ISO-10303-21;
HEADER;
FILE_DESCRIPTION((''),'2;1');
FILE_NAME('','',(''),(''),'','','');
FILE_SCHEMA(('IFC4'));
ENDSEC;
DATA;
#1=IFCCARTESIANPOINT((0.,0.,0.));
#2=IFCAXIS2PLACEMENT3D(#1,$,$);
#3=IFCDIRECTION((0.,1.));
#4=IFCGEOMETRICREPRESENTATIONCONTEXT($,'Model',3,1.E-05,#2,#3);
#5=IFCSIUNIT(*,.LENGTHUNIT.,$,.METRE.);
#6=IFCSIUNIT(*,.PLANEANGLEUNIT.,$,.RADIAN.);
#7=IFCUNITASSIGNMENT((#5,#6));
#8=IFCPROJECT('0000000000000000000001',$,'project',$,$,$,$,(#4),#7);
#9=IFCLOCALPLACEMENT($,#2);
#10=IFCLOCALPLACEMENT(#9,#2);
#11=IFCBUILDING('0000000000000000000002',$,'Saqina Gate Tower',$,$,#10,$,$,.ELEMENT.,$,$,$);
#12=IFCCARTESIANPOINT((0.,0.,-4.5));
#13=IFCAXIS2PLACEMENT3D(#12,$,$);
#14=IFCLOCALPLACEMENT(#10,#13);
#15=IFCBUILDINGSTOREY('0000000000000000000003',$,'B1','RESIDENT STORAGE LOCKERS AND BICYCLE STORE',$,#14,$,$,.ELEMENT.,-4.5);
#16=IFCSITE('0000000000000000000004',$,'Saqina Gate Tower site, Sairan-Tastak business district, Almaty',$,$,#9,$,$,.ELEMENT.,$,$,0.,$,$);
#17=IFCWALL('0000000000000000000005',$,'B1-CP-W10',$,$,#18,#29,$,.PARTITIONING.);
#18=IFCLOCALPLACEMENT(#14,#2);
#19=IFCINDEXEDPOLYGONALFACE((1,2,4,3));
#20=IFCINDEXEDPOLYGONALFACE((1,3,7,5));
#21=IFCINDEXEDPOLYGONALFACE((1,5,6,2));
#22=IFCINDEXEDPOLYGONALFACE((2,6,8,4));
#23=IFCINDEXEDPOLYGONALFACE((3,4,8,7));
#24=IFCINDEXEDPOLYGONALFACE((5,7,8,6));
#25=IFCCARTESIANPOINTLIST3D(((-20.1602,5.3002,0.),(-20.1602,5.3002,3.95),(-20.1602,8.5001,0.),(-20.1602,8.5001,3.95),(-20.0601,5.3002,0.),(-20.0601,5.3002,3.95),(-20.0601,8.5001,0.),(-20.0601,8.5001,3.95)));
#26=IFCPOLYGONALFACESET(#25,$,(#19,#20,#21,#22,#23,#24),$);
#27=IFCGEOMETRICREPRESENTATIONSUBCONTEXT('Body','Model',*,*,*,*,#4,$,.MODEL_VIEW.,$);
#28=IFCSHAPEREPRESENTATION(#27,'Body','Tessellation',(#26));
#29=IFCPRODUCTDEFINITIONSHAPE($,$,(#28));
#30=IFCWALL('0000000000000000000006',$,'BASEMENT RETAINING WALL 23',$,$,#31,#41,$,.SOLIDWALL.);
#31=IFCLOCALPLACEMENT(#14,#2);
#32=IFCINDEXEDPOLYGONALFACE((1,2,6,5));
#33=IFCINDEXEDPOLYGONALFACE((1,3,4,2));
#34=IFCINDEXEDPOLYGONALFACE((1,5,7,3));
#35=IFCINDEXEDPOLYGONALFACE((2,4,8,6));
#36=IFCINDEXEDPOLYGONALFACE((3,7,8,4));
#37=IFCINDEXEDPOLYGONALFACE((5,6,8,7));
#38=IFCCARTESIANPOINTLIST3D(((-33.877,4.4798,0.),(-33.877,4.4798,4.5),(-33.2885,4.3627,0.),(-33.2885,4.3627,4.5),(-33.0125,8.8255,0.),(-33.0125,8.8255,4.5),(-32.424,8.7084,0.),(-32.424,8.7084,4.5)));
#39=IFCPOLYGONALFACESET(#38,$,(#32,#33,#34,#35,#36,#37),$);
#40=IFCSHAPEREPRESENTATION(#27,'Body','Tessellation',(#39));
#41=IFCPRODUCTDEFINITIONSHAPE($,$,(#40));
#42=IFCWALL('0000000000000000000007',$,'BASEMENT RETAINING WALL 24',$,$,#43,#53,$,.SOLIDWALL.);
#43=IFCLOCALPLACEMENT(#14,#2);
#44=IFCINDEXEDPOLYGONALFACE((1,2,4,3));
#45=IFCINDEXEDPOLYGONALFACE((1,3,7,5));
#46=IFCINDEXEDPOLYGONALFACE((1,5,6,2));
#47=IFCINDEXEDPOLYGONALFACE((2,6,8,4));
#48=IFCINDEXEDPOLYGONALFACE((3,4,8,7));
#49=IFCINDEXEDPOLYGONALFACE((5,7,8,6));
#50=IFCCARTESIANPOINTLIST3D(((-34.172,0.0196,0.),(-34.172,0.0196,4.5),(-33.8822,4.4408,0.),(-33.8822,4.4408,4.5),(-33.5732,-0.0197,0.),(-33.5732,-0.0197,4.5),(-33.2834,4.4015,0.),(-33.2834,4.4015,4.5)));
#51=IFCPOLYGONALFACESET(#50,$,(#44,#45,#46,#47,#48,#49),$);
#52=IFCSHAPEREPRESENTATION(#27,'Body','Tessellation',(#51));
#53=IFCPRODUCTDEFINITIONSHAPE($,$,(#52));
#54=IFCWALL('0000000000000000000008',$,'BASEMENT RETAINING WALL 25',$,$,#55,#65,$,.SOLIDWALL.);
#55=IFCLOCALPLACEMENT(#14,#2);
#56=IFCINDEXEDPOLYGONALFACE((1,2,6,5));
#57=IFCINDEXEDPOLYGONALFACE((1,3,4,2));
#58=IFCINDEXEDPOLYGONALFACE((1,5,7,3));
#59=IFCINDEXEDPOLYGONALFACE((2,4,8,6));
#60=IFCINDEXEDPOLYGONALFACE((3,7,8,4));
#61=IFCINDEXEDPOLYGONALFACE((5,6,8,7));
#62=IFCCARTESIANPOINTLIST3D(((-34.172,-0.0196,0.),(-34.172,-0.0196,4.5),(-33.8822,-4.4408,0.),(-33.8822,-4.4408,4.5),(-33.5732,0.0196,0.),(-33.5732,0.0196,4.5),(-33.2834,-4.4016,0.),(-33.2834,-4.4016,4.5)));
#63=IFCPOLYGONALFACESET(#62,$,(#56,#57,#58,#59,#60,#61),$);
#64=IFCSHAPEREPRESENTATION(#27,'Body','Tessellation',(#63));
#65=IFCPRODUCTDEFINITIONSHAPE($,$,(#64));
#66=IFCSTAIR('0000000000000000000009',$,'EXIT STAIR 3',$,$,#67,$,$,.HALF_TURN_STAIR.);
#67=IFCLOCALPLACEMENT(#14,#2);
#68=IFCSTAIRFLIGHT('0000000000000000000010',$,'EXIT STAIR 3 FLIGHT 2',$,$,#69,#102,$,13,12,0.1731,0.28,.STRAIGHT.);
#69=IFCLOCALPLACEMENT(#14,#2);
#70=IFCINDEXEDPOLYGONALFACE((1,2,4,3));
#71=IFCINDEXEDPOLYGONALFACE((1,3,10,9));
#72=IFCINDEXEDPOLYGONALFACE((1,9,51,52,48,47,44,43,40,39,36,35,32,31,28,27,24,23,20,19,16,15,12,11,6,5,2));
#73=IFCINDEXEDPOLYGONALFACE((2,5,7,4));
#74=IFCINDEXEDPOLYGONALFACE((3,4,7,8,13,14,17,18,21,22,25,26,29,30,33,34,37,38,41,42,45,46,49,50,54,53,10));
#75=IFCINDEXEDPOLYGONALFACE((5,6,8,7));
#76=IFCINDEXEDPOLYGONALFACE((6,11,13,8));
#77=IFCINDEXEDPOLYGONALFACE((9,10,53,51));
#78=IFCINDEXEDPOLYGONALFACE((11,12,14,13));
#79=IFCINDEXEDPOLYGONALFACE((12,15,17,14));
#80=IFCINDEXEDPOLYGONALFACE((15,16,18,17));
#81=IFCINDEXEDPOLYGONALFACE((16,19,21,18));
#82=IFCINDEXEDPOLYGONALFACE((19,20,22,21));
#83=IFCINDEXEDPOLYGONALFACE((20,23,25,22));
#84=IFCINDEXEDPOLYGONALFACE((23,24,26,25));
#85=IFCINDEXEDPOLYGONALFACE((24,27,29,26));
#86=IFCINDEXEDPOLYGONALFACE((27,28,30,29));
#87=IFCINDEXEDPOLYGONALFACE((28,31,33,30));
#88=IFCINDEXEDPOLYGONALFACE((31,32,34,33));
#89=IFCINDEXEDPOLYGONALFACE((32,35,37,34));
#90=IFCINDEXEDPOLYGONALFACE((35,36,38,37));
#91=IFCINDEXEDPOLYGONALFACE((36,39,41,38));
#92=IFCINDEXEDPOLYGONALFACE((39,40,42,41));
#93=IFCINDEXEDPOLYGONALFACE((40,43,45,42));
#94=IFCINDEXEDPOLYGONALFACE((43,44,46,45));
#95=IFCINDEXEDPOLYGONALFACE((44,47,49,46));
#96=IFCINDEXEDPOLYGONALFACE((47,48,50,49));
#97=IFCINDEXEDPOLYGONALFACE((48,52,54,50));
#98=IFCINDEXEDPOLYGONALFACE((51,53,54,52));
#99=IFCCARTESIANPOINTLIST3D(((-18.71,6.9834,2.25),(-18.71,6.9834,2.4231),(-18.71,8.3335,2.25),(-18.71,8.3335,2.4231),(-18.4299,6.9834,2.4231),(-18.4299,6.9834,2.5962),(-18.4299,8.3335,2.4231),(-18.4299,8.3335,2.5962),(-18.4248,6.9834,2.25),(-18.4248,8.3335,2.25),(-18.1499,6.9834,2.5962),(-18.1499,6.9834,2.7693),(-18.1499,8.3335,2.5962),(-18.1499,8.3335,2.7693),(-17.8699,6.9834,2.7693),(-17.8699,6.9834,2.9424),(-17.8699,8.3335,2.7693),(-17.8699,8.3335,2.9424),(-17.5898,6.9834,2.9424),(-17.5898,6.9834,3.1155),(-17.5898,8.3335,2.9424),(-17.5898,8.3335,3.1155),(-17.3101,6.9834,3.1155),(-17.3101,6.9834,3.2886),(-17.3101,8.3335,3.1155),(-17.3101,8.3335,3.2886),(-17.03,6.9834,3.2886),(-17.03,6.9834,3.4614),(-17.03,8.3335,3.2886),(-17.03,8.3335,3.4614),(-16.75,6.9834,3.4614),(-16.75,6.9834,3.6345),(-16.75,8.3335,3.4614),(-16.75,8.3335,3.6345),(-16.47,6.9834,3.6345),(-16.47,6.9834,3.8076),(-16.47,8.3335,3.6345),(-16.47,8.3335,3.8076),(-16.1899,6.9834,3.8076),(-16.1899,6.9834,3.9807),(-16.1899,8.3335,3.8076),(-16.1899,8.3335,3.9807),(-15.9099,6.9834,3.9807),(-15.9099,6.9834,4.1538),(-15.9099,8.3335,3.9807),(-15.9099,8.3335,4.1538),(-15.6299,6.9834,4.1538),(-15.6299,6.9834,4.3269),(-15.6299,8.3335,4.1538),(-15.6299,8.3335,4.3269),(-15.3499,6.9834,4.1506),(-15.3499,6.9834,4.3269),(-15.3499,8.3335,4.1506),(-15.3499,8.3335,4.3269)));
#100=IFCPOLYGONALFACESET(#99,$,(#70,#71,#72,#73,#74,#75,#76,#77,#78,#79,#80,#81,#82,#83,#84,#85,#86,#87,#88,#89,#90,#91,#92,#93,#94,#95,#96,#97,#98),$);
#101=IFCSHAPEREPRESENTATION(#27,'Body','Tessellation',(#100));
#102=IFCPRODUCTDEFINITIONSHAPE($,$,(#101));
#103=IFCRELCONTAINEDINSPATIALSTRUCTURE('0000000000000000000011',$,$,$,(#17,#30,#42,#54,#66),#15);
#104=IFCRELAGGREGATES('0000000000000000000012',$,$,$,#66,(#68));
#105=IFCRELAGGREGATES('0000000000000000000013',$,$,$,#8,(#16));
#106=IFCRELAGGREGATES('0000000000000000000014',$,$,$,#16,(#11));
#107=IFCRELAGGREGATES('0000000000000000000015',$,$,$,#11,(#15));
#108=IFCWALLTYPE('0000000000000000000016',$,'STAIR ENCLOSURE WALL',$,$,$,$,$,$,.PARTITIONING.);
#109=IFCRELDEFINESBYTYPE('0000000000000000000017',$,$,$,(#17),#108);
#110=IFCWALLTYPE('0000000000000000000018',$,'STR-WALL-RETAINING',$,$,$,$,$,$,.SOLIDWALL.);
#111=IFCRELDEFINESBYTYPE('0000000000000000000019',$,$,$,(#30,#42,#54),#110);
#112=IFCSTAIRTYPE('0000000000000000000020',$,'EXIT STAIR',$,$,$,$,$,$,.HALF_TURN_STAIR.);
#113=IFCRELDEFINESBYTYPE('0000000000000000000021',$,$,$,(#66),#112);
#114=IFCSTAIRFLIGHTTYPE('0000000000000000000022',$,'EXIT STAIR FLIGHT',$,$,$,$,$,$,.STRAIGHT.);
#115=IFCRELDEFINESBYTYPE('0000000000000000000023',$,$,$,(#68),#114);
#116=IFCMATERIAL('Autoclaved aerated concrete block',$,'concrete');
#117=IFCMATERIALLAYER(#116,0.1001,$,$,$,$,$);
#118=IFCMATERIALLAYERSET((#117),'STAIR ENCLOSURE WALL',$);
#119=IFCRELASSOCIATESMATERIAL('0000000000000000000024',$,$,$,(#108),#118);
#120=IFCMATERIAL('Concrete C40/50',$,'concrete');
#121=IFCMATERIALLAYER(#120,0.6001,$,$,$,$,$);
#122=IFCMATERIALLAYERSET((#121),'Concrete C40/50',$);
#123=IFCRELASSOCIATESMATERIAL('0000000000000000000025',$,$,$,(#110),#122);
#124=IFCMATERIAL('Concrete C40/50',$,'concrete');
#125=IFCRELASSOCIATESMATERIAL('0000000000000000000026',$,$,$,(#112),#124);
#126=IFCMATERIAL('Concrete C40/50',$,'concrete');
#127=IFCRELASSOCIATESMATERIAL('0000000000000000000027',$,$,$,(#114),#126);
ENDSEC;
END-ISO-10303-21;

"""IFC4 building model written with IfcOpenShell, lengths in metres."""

from ifc_helpers import new_model, si_unit, direction, frame, frame_2d, origin, place, context, subcontext, project, spatial, polyline, rectangle, outline, extrude, material, layer, layer_set, type_object, element, aggregate, save


model = new_model("IFC4")

# Units and contexts
model_context = context("Model", 3, precision=1e-05, world=origin(), true_north=direction((0.0, 1.0)))
body_context = subcontext(model_context, "Body", "Model", "MODEL_VIEW")
ifc_project = project(units=[si_unit("LENGTHUNIT", "METRE"), si_unit("PLANEANGLEUNIT", "RADIAN")], contexts=[model_context])

# Site, building, storey
site_placement = place(None, origin())
site = spatial("IfcSite", under=ifc_project, at=site_placement, Name="Saqina Gate Tower site, Sairan-Tastak business district, Almaty", CompositionType="ELEMENT", RefElevation=0.0)
building_placement = place(site_placement, origin())
building = spatial("IfcBuilding", under=site, at=building_placement, Name="Saqina Gate Tower", CompositionType="ELEMENT")
storey_placement = place(building_placement, frame((0.0, 0.0, -4.5)))
storey = spatial("IfcBuildingStorey", under=building, at=storey_placement, Name="B1", Description="RESIDENT STORAGE LOCKERS AND BICYCLE STORE", CompositionType="ELEMENT", Elevation=-4.5)

# Walls
ifc_material_1 = material(Name="Autoclaved aerated concrete block", Category="concrete")
ifc_layer_1 = layer(ifc_material_1, 0.1001)
ifc_layer_set_1 = layer_set([ifc_layer_1], Name="STAIR ENCLOSURE WALL")
wall_type_1 = type_object("IfcWallType", Name="STAIR ENCLOSURE WALL", PredefinedType="PARTITIONING", material=ifc_layer_set_1)
wall_1_placement = place(storey_placement, frame((-20.1101, 5.3, 0.0), z_axis=(0.0, 0.0, 1.0), x_axis=(0.0, 1.0, 0.0)))
element("IfcWall", 1, at=wall_1_placement, inside=storey, type_object=wall_type_1, Name="B1-CP-W10", PredefinedType="PARTITIONING", context=body_context, shape_type="SweptSolid", body=[
    extrude(rectangle(XDim=3.2, YDim=0.1001, at=frame_2d((1.6001, 0.0))), origin(), (0.0, 0.0, 1.0), 3.95),
])
ifc_material_2 = material(Name="Concrete C40/50", Category="concrete")
ifc_layer_2 = layer(ifc_material_2, 0.6001)
ifc_layer_set_2 = layer_set([ifc_layer_2], Name="Concrete C40/50")
wall_type_2 = type_object("IfcWallType", Name="STR-WALL-RETAINING", PredefinedType="SOLIDWALL", material=ifc_layer_set_2)
wall_2_placement = place(storey_placement, frame((-32.7183, 8.7668, 0.0), z_axis=(0.0, 0.0, 1.0), x_axis=(-0.195109, -0.980781, 0.0)))
element("IfcWall", 2, at=wall_2_placement, inside=storey, type_object=wall_type_2, Name="BASEMENT RETAINING WALL 23", PredefinedType="SOLIDWALL", context=body_context, shape_type="SweptSolid", body=[
    extrude(rectangle(XDim=4.4309, YDim=0.6001, at=frame_2d((2.2153, 0.0))), origin(), (0.0, 0.0, 1.0), 4.5),
])
for number, where, z_axis, x_axis, name in (
    (3, (-33.5828, 4.4211, 0.0), (0.0, 0.0, 1.0), (-0.065407, -0.997859, 0.0), "BASEMENT RETAINING WALL 24"),
    (4, (-33.8726, 0.0, 0.0), (0.0, 0.0, 1.0), (0.065407, -0.997859, 0.0), "BASEMENT RETAINING WALL 25"),
):
    element("IfcWall", number, at=place(storey_placement, frame(where, z_axis=z_axis, x_axis=x_axis)), inside=storey, type_object=wall_type_2, Name=name, PredefinedType="SOLIDWALL", context=body_context, shape_type="SweptSolid", body=[
        extrude(rectangle(XDim=4.4307, YDim=0.6001, at=frame_2d((2.2153, 0.0))), origin(), (0.0, 0.0, 1.0), 4.5),
    ])

# Stair, stair flight
ifc_material_3 = material(Name="Concrete C40/50", Category="concrete")
stair_type = type_object("IfcStairType", Name="EXIT STAIR", PredefinedType="HALF_TURN_STAIR", material=ifc_material_3)
stair_placement = place(storey_placement, origin())
stair = element("IfcStair", 5, at=stair_placement, inside=storey, type_object=stair_type, Name="EXIT STAIR 3", PredefinedType="HALF_TURN_STAIR")
ifc_material_4 = material(Name="Concrete C40/50", Category="concrete")
stair_flight_type = type_object("IfcStairFlightType", Name="EXIT STAIR FLIGHT", PredefinedType="STRAIGHT", material=ifc_material_4)
stair_flight_placement = place(storey_placement, frame((-18.71, 7.6584, 2.25), z_axis=(0.0, 0.0, 1.0), x_axis=(1.0, 0.0, 0.0)))
stair_flight = element("IfcStairFlight", 6, at=stair_flight_placement, type_object=stair_flight_type, Name="EXIT STAIR 3 FLIGHT 2", NumberOfRisers=13, NumberOfTreads=12, PredefinedType="STRAIGHT", RiserHeight=0.1731, TreadLength=0.28, context=body_context, shape_type="SweptSolid", body=[
    extrude(outline(polyline([(0.0, 0.0), (0.0, 0.1731), (0.28, 0.1731), (0.28, 0.3462), (0.5601, 0.3462), (0.5601, 0.5193), (0.8401, 0.5193), (0.8401, 0.6924), (1.1201, 0.6924), (1.1201, 0.8655), (1.3999, 0.8655), (1.3999, 1.0386), (1.6799, 1.0386), (1.6799, 1.2114), (1.96, 1.2114), (1.96, 1.3845), (2.24, 1.3845), (2.24, 1.5576), (2.52, 1.5576), (2.52, 1.7307), (2.8, 1.7307), (2.8, 1.9038), (3.0801, 1.9038), (3.0801, 2.0769), (3.3601, 2.0769), (3.3601, 2.25), (3.3601, 1.9006), (0.2852, 0.0), (0.0, 0.0)])), frame((0.0, 0.675, 0.0), z_axis=(0.0, -1.0, 0.0), x_axis=(1.0, 0.0, 0.0)), (0.0, 0.0, 1.0), 1.3501),
])
aggregate(stair, [stair_flight])

save(model, "model.ifc")
